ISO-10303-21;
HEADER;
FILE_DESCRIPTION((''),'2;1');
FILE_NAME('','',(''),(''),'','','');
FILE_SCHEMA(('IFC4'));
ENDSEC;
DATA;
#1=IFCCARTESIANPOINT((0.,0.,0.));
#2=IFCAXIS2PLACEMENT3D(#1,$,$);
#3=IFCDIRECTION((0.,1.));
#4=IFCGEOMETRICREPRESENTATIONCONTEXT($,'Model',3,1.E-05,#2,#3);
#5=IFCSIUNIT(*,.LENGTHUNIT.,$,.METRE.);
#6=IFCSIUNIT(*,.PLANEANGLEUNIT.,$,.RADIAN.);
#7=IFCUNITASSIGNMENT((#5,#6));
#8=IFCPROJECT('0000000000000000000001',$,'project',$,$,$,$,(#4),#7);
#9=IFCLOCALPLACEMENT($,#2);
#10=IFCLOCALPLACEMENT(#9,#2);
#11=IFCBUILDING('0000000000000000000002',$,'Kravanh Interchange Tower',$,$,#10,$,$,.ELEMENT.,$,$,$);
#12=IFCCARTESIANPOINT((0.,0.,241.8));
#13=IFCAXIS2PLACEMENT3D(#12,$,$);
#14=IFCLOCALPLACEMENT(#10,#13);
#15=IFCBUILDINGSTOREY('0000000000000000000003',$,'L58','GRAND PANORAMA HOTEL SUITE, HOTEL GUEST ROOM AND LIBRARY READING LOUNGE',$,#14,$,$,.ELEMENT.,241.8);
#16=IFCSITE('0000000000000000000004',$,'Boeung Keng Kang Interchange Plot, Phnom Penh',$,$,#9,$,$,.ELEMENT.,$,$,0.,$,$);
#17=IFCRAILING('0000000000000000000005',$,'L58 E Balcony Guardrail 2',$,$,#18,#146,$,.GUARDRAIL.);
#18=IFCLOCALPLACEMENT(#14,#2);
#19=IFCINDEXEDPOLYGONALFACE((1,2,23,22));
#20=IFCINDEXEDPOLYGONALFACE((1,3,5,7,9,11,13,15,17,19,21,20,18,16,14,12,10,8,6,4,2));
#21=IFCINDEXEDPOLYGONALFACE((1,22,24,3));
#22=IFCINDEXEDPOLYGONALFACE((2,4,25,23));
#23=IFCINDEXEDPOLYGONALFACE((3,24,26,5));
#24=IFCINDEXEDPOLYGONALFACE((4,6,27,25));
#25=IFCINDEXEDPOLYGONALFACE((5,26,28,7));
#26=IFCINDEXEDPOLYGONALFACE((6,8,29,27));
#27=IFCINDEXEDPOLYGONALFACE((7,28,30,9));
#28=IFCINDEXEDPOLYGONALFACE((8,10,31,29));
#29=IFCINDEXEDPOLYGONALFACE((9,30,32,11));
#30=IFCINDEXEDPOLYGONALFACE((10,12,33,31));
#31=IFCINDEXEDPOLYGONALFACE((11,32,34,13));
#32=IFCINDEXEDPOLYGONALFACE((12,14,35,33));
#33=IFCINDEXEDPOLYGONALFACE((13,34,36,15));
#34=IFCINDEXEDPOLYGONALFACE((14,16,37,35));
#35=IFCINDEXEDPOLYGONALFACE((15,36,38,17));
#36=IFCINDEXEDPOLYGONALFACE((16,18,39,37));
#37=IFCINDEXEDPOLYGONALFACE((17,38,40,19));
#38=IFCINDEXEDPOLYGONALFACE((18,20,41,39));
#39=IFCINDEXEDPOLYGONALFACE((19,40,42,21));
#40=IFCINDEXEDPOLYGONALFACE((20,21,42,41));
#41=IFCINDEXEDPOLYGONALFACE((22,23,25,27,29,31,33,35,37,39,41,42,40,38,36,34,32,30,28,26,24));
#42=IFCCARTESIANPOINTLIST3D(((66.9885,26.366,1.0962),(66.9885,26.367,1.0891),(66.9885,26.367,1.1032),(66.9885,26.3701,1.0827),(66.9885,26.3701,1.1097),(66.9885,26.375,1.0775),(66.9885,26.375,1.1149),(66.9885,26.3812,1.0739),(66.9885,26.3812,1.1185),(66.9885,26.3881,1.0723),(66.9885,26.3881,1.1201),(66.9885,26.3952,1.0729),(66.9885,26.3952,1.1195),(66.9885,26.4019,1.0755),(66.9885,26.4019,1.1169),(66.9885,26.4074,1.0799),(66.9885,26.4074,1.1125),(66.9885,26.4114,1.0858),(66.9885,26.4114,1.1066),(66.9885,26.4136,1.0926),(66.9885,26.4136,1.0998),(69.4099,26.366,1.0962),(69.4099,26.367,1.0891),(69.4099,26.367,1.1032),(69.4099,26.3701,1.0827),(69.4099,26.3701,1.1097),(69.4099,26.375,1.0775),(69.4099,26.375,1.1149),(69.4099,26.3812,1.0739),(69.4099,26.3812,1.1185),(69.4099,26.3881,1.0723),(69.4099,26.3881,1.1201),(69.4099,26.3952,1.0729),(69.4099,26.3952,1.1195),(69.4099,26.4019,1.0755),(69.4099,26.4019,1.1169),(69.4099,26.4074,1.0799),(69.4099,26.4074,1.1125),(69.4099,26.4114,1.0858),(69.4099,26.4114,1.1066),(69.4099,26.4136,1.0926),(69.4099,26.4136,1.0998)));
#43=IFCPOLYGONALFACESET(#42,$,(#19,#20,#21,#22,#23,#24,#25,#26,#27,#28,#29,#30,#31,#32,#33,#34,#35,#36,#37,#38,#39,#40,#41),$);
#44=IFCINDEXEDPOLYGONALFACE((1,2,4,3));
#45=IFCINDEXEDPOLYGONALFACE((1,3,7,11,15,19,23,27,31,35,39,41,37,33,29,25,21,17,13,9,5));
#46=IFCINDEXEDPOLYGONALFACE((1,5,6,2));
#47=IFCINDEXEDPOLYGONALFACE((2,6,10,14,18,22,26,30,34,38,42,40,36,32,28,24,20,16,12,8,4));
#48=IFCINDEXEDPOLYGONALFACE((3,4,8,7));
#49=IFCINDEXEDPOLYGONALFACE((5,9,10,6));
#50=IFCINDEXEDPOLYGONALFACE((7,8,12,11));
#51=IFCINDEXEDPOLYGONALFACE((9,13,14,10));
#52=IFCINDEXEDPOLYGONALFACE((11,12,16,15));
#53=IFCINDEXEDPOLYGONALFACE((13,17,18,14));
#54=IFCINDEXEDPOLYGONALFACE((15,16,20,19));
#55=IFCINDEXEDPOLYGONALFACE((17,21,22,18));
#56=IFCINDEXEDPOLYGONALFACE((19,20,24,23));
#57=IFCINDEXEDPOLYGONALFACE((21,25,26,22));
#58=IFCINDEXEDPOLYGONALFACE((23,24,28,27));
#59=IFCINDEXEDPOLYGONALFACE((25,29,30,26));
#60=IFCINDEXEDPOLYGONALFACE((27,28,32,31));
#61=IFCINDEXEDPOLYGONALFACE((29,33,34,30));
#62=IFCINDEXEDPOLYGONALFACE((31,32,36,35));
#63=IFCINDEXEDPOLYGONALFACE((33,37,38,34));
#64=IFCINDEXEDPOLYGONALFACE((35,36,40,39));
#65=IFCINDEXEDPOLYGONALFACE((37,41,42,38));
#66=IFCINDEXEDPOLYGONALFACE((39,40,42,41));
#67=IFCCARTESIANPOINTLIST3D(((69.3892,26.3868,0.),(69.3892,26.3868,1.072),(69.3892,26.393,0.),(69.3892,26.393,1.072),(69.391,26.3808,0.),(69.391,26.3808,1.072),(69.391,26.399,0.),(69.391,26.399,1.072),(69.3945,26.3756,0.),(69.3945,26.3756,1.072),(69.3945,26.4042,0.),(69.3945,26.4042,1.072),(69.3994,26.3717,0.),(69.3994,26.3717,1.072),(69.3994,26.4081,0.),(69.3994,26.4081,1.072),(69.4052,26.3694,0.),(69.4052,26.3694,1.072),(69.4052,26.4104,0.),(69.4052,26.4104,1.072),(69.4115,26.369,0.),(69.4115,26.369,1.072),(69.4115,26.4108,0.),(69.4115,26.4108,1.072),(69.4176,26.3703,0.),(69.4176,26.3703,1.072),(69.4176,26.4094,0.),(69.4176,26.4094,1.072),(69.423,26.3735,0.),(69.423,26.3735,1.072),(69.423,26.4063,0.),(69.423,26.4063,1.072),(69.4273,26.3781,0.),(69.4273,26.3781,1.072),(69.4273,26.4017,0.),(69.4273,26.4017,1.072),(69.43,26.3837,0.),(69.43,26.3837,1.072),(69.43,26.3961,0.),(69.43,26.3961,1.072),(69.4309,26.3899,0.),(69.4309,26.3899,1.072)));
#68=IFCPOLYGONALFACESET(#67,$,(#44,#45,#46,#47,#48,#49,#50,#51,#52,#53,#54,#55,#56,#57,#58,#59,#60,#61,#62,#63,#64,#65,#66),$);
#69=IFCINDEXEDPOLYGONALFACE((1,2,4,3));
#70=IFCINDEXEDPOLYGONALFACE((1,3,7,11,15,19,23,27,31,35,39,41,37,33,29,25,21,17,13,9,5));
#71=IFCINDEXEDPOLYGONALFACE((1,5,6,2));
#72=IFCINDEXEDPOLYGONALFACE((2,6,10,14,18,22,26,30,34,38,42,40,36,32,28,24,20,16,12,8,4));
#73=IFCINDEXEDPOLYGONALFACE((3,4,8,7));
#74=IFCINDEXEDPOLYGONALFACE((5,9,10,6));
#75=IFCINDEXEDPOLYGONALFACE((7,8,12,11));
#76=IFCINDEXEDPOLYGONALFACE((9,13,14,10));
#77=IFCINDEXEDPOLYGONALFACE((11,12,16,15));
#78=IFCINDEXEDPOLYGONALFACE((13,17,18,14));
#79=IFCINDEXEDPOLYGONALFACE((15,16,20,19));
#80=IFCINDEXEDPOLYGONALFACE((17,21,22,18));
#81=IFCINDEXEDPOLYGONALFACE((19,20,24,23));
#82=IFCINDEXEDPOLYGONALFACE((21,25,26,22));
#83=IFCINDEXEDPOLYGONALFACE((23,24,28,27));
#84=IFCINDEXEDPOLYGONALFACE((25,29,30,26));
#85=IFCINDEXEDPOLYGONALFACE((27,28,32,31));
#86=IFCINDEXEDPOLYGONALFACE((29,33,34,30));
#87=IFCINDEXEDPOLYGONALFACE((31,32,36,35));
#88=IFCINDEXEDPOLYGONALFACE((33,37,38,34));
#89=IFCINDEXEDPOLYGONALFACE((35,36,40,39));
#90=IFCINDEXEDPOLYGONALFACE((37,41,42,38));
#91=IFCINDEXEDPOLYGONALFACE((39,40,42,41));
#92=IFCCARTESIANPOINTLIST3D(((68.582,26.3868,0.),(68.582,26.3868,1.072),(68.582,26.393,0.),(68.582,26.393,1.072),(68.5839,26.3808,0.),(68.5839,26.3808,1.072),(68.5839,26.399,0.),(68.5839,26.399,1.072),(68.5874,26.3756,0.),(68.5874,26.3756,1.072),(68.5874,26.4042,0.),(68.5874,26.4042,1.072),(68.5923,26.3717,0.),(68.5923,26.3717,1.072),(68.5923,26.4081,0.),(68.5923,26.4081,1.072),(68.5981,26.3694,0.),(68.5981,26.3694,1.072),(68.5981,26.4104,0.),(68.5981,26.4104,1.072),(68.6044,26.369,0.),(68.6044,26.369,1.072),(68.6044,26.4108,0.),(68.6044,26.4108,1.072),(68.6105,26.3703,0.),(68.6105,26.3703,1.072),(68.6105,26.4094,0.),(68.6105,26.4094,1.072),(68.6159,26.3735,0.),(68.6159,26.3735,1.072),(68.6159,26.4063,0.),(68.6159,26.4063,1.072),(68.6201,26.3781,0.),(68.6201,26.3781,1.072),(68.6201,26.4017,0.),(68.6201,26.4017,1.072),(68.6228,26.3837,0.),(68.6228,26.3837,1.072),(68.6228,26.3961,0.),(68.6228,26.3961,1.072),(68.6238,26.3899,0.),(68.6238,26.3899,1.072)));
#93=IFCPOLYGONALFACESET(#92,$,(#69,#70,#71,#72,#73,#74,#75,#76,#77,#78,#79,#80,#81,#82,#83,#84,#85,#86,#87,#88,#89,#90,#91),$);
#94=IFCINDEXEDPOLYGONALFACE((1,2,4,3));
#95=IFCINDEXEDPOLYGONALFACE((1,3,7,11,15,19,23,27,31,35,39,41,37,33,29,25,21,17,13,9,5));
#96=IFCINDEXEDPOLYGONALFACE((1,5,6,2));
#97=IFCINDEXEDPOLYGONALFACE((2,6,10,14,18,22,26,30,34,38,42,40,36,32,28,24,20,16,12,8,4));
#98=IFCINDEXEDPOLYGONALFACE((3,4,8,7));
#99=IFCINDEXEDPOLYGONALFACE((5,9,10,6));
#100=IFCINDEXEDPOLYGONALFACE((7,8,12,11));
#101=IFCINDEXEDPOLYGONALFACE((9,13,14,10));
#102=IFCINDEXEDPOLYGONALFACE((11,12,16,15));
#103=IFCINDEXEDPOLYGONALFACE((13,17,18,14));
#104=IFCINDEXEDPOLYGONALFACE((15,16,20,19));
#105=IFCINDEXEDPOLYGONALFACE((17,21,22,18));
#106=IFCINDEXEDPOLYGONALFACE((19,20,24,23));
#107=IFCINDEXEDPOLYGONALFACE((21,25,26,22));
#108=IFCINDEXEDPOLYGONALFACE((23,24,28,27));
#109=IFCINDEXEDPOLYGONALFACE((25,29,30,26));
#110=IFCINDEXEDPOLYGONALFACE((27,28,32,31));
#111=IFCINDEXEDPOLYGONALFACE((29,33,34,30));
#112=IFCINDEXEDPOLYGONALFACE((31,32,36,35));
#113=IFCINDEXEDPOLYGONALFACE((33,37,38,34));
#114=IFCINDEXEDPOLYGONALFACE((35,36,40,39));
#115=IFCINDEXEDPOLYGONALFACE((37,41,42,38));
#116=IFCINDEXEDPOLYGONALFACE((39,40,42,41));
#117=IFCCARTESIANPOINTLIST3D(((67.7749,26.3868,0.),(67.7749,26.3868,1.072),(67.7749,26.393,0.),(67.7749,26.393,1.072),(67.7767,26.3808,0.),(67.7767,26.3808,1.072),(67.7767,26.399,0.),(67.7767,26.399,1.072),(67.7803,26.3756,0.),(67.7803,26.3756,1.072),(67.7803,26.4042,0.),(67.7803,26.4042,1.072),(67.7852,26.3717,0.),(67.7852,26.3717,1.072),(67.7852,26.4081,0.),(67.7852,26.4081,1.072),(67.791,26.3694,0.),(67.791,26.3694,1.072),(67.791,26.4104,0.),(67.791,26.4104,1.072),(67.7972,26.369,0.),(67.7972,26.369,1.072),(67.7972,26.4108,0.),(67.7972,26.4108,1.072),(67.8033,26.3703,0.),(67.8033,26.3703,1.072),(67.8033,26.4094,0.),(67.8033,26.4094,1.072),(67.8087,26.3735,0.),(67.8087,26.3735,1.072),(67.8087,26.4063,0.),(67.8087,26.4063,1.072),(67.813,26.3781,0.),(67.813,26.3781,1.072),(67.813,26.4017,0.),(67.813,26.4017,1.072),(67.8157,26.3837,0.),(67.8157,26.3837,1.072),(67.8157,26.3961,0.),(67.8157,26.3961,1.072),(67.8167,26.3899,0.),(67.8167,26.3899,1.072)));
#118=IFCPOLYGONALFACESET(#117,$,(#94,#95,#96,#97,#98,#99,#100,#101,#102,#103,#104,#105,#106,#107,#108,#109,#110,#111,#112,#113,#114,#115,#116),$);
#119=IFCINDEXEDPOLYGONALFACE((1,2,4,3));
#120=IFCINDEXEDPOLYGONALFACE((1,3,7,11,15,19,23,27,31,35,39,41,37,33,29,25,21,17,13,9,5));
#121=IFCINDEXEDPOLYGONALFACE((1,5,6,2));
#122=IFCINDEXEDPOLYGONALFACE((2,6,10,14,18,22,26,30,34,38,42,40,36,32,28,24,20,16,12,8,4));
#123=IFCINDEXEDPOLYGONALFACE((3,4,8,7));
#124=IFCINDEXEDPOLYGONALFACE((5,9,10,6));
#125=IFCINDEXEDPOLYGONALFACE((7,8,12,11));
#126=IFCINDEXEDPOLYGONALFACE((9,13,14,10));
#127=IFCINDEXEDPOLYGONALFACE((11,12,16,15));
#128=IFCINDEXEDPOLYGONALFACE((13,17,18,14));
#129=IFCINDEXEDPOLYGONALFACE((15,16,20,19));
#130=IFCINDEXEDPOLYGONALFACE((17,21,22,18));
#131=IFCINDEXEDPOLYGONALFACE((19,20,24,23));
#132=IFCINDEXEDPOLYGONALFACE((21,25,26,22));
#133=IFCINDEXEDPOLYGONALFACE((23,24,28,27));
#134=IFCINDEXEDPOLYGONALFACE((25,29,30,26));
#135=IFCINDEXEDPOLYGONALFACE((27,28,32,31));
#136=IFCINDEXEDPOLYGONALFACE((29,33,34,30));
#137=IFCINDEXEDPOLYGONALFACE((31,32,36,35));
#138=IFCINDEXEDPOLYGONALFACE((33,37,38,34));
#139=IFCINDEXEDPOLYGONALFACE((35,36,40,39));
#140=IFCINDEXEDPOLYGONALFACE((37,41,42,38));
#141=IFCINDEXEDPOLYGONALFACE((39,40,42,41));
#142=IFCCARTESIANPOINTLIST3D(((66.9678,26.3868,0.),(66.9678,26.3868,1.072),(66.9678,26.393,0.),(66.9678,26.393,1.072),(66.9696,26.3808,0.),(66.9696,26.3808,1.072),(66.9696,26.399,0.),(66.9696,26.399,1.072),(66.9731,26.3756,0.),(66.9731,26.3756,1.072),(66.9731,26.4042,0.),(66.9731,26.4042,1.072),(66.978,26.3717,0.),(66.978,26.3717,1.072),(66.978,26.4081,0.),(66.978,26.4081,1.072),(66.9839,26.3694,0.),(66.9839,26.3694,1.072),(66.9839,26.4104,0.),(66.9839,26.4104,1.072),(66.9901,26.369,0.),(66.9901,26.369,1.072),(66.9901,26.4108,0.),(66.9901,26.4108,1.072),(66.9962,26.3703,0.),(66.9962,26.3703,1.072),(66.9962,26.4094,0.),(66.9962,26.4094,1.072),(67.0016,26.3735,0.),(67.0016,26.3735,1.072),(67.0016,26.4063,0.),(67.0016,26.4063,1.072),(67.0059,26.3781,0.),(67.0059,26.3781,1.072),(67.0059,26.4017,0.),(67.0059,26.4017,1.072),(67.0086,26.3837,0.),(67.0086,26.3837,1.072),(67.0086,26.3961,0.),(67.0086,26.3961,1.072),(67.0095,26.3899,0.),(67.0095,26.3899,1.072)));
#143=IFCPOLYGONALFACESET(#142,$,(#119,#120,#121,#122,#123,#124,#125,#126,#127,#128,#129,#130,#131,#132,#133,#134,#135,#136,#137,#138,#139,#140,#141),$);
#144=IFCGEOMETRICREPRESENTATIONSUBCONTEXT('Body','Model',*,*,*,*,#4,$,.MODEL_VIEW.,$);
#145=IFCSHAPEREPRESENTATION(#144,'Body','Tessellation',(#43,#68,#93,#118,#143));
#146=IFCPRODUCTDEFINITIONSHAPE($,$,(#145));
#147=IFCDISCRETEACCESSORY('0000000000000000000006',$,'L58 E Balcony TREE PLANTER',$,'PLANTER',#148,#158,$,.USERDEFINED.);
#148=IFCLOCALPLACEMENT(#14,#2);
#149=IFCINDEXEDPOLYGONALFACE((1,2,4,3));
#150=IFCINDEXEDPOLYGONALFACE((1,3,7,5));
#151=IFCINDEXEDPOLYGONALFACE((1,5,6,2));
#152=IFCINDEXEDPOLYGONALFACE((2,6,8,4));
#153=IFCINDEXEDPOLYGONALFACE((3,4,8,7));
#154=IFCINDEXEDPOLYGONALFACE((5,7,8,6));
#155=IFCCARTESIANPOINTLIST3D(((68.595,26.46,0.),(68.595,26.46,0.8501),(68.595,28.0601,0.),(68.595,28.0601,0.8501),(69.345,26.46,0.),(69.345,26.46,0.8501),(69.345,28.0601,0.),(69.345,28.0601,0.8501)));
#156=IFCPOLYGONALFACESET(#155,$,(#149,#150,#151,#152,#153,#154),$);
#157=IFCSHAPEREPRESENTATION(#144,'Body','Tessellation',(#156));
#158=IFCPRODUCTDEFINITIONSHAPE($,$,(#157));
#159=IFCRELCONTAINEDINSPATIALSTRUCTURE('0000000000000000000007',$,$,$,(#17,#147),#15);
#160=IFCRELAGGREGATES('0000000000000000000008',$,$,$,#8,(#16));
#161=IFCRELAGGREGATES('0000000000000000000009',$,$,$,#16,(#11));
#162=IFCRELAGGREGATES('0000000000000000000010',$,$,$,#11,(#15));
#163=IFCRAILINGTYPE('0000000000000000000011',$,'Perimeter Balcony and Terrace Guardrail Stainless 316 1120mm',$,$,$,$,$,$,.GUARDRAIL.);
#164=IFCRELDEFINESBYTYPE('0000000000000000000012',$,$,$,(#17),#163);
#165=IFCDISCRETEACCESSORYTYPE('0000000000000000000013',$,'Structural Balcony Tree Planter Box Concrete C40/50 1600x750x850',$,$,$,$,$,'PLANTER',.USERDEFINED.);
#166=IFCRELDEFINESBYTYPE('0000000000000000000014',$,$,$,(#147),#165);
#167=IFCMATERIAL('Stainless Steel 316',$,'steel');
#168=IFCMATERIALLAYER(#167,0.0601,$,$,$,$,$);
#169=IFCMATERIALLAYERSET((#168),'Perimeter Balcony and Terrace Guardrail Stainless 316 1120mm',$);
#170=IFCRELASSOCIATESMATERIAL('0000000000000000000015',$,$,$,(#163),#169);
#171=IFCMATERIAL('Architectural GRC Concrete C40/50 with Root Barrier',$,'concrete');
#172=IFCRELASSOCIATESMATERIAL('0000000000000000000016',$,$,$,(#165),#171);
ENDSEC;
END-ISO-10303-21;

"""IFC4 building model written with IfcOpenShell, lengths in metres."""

from ifc_helpers import new_model, si_unit, direction, frame, origin, origin_2d, place, context, subcontext, project, spatial, rectangle, circle, extrude, material, layer, layer_set, type_object, element, save


model = new_model("IFC4")

# Units and contexts
model_context = context("Model", 3, precision=1e-05, world=origin(), true_north=direction((0.0, 1.0)))
body_context = subcontext(model_context, "Body", "Model", "MODEL_VIEW")
ifc_project = project(units=[si_unit("LENGTHUNIT", "METRE"), si_unit("PLANEANGLEUNIT", "RADIAN")], contexts=[model_context])

# Site, building, storey
site_placement = place(None, origin())
site = spatial("IfcSite", under=ifc_project, at=site_placement, Name="Boeung Keng Kang Interchange Plot, Phnom Penh", CompositionType="ELEMENT", RefElevation=0.0)
building_placement = place(site_placement, origin())
building = spatial("IfcBuilding", under=site, at=building_placement, Name="Kravanh Interchange Tower", CompositionType="ELEMENT")
storey_placement = place(building_placement, frame((0.0, 0.0, 241.8)))
storey = spatial("IfcBuildingStorey", under=building, at=storey_placement, Name="L58", Description="GRAND PANORAMA HOTEL SUITE, HOTEL GUEST ROOM AND LIBRARY READING LOUNGE", CompositionType="ELEMENT", Elevation=241.8)

# Railing
ifc_material_1 = material(Name="Stainless Steel 316", Category="steel")
ifc_layer_1 = layer(ifc_material_1, 0.0601)
ifc_layer_set_1 = layer_set([ifc_layer_1], Name="Perimeter Balcony and Terrace Guardrail Stainless 316 1120mm")
railing_type = type_object("IfcRailingType", Name="Perimeter Balcony and Terrace Guardrail Stainless 316 1120mm", PredefinedType="GUARDRAIL", material=ifc_layer_set_1)
railing_placement = place(storey_placement, frame((69.4099, 26.3899, 0.0)))
element("IfcRailing", 1, at=railing_placement, inside=storey, type_object=railing_type, Name="L58 E Balcony Guardrail 2", PredefinedType="GUARDRAIL", context=body_context, shape_type="SweptSolid", body=[
    extrude(circle(Radius=0.0239, at=origin_2d()), frame((0.0, 0.0, 1.0962), z_axis=(-1.0, 0.0, 0.0), x_axis=(0.0, -1.0, 0.0)), (0.0, 0.0, 1.0), 2.4214),
    extrude(circle(Radius=0.021, at=origin_2d()), origin(), (0.0, 0.0, 1.0), 1.072),
    extrude(circle(Radius=0.021, at=origin_2d()), frame((-0.8071, 0.0, 0.0)), (0.0, 0.0, 1.0), 1.072),
    extrude(circle(Radius=0.021, at=origin_2d()), frame((-1.6143, 0.0, 0.0)), (0.0, 0.0, 1.0), 1.072),
    extrude(circle(Radius=0.021, at=origin_2d()), frame((-2.4214, 0.0, 0.0)), (0.0, 0.0, 1.0), 1.072),
])

# Discrete accessory
ifc_material_2 = material(Name="Architectural GRC Concrete C40/50 with Root Barrier", Category="concrete")
discrete_accessory_type = type_object("IfcDiscreteAccessoryType", Name="Structural Balcony Tree Planter Box Concrete C40/50 1600x750x850", ElementType="PLANTER", PredefinedType="USERDEFINED", material=ifc_material_2)
discrete_accessory_placement = place(storey_placement, frame((68.97, 27.26, 0.0), z_axis=(0.0, 0.0, 1.0), x_axis=(1.0, 0.0, 0.0)))
element("IfcDiscreteAccessory", 2, at=discrete_accessory_placement, inside=storey, type_object=discrete_accessory_type, Name="L58 E Balcony TREE PLANTER", ObjectType="PLANTER", PredefinedType="USERDEFINED", context=body_context, shape_type="SweptSolid", body=[
    extrude(rectangle(XDim=0.75, YDim=1.6001, at=origin_2d()), origin(), (0.0, 0.0, 1.0), 0.8501),
])

save(model, "model.ifc")
